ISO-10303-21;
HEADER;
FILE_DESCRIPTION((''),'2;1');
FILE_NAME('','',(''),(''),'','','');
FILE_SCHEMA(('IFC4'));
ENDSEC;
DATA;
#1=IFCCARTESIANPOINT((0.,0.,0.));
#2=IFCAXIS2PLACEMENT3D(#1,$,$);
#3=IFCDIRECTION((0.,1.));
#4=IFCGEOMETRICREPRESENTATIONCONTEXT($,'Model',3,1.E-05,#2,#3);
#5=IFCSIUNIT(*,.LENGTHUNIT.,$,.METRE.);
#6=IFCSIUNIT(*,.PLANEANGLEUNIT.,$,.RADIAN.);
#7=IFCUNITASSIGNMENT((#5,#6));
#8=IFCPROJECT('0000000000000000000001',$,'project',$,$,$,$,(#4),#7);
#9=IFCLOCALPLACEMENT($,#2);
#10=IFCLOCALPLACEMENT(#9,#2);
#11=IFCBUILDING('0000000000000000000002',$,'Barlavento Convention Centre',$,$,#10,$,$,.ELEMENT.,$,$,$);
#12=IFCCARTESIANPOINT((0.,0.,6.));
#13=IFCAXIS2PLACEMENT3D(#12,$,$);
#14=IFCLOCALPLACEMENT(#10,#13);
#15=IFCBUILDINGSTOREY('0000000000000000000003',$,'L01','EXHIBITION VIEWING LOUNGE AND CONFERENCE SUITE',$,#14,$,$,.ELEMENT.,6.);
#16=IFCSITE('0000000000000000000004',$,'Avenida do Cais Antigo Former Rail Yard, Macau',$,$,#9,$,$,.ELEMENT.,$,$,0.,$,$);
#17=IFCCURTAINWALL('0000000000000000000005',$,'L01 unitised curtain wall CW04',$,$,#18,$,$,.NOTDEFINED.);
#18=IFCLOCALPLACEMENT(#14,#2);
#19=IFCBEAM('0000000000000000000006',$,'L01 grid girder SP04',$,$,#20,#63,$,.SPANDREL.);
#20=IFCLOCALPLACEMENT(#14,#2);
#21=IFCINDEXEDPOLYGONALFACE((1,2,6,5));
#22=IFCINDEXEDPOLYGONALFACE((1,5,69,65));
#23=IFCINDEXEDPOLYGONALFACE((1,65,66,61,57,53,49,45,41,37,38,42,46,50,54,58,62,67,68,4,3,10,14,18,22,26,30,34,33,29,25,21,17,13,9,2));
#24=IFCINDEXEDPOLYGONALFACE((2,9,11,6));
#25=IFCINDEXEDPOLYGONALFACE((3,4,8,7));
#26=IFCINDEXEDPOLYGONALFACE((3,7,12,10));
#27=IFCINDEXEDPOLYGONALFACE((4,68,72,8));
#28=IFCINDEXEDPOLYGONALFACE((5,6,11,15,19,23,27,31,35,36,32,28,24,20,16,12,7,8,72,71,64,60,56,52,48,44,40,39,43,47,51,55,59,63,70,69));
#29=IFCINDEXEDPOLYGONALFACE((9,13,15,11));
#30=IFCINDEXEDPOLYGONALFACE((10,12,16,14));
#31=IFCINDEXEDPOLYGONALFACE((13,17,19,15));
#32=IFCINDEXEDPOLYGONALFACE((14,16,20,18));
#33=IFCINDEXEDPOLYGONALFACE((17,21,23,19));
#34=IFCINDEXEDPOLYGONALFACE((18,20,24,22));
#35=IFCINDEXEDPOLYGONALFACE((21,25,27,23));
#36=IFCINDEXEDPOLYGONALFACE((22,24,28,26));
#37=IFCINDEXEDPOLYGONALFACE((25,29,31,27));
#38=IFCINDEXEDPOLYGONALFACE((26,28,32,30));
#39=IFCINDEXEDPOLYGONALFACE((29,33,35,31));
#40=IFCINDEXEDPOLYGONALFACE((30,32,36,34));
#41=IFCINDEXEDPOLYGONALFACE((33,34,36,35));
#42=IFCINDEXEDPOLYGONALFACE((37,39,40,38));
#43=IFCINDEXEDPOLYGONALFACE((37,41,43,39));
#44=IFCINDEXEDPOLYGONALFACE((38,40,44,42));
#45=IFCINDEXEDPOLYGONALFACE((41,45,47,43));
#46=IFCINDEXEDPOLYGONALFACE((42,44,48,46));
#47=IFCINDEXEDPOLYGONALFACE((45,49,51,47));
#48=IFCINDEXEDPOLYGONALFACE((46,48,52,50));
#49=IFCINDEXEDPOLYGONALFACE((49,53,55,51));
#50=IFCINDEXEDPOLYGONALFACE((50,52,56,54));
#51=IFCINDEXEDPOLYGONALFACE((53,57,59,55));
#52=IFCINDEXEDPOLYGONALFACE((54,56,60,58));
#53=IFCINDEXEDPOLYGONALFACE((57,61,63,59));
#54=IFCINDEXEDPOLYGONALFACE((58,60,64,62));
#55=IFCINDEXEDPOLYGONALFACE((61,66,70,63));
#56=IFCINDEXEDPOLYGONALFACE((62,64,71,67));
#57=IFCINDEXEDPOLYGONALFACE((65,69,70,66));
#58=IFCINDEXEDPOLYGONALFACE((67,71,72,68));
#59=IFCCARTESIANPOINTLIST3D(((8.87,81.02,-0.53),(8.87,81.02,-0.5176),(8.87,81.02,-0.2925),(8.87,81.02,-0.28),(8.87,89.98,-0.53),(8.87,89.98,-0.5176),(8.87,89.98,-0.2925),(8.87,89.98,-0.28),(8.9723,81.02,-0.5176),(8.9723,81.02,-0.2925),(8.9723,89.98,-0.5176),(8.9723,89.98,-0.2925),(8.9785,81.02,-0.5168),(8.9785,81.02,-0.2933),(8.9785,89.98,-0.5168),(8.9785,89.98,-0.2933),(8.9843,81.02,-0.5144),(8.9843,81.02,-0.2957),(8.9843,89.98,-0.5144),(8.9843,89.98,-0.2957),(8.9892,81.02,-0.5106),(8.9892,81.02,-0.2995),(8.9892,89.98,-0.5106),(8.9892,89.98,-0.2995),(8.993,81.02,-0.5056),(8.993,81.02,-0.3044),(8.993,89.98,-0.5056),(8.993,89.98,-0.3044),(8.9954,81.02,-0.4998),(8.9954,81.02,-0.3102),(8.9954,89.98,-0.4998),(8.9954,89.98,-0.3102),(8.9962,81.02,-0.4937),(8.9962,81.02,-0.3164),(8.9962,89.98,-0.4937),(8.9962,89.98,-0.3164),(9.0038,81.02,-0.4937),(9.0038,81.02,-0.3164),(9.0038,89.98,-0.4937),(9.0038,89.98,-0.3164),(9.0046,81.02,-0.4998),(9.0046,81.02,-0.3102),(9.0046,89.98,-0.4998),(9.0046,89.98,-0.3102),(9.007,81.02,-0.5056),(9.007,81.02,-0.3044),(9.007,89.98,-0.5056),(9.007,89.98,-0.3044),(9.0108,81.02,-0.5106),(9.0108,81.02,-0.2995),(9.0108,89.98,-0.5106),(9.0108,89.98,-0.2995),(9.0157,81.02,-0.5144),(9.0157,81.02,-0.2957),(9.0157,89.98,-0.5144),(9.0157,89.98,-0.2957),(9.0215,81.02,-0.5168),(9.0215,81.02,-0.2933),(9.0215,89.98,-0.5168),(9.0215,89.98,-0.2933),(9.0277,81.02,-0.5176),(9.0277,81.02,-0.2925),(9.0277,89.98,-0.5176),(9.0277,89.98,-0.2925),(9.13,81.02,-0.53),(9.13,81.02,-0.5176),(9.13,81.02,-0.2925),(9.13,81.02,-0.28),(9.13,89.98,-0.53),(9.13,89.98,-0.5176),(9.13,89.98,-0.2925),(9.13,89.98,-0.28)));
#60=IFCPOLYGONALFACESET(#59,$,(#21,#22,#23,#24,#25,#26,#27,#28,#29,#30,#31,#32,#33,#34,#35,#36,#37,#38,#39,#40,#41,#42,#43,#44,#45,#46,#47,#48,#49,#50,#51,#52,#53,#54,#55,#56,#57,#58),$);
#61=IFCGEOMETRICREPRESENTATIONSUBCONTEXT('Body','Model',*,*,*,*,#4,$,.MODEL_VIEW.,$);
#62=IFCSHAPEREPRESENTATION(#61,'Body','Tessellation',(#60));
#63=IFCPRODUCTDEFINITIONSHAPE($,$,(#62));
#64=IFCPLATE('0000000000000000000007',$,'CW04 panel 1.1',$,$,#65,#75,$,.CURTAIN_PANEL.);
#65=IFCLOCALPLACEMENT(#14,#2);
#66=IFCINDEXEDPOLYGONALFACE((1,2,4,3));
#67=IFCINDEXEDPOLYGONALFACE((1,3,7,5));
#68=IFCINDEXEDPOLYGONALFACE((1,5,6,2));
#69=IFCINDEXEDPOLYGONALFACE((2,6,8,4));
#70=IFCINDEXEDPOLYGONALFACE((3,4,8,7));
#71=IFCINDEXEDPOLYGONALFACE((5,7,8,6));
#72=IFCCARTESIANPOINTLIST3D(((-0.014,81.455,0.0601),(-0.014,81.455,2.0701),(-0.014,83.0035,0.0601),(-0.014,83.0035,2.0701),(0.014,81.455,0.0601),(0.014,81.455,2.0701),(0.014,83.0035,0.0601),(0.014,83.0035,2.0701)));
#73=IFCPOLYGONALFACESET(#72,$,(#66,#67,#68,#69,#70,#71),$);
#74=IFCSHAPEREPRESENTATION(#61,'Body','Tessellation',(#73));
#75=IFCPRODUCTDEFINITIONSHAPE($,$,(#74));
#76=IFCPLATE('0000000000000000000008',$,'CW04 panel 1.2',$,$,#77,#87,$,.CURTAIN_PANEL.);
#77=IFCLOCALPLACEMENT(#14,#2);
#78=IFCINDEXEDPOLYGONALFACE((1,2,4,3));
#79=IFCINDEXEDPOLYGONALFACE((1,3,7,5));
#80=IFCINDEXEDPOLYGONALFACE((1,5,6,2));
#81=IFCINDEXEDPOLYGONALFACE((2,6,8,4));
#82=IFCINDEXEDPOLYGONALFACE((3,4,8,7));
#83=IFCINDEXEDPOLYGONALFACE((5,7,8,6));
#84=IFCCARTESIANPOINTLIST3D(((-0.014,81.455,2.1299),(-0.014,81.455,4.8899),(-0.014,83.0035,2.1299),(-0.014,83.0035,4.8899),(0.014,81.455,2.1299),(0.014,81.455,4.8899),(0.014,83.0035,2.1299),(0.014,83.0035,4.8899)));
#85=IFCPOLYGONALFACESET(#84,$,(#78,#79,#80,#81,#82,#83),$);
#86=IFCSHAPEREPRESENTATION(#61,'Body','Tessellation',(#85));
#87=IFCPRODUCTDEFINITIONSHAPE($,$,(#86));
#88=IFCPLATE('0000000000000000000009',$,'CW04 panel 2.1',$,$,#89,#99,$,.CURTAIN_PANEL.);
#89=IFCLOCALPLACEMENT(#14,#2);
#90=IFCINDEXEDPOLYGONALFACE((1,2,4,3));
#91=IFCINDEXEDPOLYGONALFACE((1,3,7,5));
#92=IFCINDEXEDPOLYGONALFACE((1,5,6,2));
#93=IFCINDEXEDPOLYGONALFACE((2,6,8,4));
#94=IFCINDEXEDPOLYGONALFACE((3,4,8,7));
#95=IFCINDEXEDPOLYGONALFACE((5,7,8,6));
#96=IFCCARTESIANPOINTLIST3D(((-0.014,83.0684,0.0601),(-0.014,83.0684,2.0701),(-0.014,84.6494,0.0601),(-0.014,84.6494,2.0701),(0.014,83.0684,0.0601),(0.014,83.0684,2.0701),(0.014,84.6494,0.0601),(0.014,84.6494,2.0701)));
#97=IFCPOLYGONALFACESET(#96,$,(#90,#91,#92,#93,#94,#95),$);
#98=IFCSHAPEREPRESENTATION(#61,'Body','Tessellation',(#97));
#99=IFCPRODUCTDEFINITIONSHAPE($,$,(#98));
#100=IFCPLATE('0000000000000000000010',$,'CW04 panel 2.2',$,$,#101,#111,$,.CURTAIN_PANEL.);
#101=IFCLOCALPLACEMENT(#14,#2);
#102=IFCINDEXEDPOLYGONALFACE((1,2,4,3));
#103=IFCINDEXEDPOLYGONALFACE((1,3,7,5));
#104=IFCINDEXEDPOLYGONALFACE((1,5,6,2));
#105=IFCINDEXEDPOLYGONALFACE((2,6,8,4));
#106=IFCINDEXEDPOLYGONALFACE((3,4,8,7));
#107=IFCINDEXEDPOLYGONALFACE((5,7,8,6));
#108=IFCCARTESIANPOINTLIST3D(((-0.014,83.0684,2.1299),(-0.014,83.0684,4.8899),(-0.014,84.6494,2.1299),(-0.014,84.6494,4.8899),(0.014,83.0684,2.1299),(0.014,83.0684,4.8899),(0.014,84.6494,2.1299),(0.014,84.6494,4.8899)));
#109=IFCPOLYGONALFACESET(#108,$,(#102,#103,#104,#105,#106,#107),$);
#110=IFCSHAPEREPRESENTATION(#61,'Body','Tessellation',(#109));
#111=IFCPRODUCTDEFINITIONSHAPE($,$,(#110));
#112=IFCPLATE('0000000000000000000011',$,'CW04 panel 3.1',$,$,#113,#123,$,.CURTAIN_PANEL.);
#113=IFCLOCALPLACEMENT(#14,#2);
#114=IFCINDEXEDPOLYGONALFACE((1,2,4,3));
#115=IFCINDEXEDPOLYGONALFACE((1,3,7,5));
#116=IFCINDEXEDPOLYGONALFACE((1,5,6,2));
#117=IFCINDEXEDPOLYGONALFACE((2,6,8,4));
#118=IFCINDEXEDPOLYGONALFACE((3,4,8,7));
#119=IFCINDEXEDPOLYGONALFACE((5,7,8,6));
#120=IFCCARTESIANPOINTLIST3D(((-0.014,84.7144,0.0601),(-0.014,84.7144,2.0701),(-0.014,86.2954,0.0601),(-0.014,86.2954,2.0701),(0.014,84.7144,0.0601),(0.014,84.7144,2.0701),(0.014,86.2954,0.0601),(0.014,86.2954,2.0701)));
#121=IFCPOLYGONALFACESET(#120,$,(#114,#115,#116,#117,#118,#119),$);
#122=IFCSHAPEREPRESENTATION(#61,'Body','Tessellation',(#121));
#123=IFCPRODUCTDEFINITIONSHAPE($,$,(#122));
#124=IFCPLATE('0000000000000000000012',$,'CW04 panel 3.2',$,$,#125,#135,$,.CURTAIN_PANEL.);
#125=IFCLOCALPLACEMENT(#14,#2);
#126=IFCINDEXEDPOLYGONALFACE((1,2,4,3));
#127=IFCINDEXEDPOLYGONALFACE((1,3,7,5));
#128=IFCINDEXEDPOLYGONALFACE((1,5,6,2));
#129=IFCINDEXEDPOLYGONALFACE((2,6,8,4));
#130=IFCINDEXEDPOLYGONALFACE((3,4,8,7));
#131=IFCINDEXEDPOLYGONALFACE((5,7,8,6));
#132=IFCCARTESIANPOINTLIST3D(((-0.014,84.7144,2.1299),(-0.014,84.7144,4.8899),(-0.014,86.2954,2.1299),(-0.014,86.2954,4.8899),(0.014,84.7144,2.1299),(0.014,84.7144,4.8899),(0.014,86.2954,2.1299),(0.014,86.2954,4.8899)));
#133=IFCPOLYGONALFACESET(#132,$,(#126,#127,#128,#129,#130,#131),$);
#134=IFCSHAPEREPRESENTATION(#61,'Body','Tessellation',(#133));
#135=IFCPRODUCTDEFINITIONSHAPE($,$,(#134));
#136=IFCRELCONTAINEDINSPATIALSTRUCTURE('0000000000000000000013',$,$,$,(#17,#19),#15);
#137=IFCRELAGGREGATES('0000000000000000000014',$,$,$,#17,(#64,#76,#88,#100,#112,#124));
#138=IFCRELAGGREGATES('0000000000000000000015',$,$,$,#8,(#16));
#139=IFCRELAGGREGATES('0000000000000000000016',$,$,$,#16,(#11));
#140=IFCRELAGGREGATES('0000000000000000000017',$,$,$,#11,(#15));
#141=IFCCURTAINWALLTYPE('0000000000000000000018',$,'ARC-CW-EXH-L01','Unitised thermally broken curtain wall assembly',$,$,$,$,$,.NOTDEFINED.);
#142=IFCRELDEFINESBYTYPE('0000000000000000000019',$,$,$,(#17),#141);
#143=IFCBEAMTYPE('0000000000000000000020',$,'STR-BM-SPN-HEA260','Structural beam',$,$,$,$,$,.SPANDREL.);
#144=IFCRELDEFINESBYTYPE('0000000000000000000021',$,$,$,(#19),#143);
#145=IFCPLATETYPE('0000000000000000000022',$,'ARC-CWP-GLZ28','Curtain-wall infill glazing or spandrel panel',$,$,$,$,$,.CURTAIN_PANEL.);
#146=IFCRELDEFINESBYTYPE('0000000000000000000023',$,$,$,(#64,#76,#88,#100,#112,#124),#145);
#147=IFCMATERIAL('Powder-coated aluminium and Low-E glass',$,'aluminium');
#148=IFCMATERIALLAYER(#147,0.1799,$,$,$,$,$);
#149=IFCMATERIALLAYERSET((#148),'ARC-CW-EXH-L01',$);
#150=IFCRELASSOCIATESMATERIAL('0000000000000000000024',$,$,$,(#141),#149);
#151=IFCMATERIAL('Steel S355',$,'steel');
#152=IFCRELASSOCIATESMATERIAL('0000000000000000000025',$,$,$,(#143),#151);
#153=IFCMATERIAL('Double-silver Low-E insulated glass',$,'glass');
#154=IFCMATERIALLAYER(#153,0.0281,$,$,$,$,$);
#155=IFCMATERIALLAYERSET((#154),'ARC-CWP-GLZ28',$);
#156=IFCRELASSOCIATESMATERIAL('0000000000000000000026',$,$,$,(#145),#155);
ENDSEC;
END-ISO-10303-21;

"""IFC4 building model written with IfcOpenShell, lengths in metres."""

from ifc_helpers import new_model, si_unit, direction, frame, origin, origin_2d, place, context, subcontext, project, spatial, rectangle, i_section, extrude, material, layer, layer_set, material_profile, profile_set, type_object, element, aggregate, save


model = new_model("IFC4")

# Units and contexts
model_context = context("Model", 3, precision=1e-05, world=origin(), true_north=direction((0.0, 1.0)))
body_context = subcontext(model_context, "Body", "Model", "MODEL_VIEW")
ifc_project = project(units=[si_unit("LENGTHUNIT", "METRE"), si_unit("PLANEANGLEUNIT", "RADIAN")], contexts=[model_context])

# Site, building, storey
site_placement = place(None, origin())
site = spatial("IfcSite", under=ifc_project, at=site_placement, Name="Avenida do Cais Antigo Former Rail Yard, Macau", CompositionType="ELEMENT", RefElevation=0.0)
building_placement = place(site_placement, origin())
building = spatial("IfcBuilding", under=site, at=building_placement, Name="Barlavento Convention Centre", CompositionType="ELEMENT")
storey_placement = place(building_placement, frame((0.0, 0.0, 6.0)))
storey = spatial("IfcBuildingStorey", under=building, at=storey_placement, Name="L01", Description="EXHIBITION VIEWING LOUNGE AND CONFERENCE SUITE", CompositionType="ELEMENT", Elevation=6.0)

# Shared definitions
ifc_material_1 = material(Name="Steel S355", Category="steel")

# Curtain wall
ifc_material_2 = material(Name="Powder-coated aluminium and Low-E glass", Category="aluminium")
ifc_layer_1 = layer(ifc_material_2, 0.1799)
ifc_layer_set_1 = layer_set([ifc_layer_1], Name="ARC-CW-EXH-L01")
curtain_wall_type = type_object("IfcCurtainWallType", Name="ARC-CW-EXH-L01", Description="Unitised thermally broken curtain wall assembly", PredefinedType="NOTDEFINED", material=ifc_layer_set_1)
curtain_wall_placement = place(storey_placement, origin())
curtain_wall = element("IfcCurtainWall", 1, at=curtain_wall_placement, inside=storey, type_object=curtain_wall_type, Name="L01 unitised curtain wall CW04", PredefinedType="NOTDEFINED")

# Beam
ifc_material_profile_1 = material_profile(ifc_material_1, i_section(OverallWidth=0.26, OverallDepth=0.25, WebThickness=0.0076, FlangeThickness=0.0125, FilletRadius=0.0239, at=origin_2d()), Name="HEA 260")
ifc_profile_set_1 = profile_set([ifc_material_profile_1], Name="Steel S355")
beam_type_1 = type_object("IfcBeamType", Name="STR-BM-SPN-HEA260", Description="Structural beam", PredefinedType="SPANDREL", material=ifc_profile_set_1)
beam_1_placement = place(storey_placement, frame((9.0, 81.02, -0.405), z_axis=(0.0, 1.0, 0.0), x_axis=(-1.0, 0.0, 0.0)))
element("IfcBeam", 2, at=beam_1_placement, inside=storey, type_object=beam_type_1, Name="L01 grid girder SP04", PredefinedType="SPANDREL", context=body_context, shape_type="SweptSolid", body=[
    extrude(i_section(OverallWidth=0.26, OverallDepth=0.25, WebThickness=0.0076, FlangeThickness=0.0125, FilletRadius=0.0239, at=origin_2d()), origin(), (0.0, 0.0, 1.0), 8.96),
])

# Plates
ifc_material_3 = material(Name="Double-silver Low-E insulated glass", Category="glass")
ifc_layer_2 = layer(ifc_material_3, 0.0281)
ifc_layer_set_2 = layer_set([ifc_layer_2], Name="ARC-CWP-GLZ28")
plate_type = type_object("IfcPlateType", Name="ARC-CWP-GLZ28", Description="Curtain-wall infill glazing or spandrel panel", PredefinedType="CURTAIN_PANEL", material=ifc_layer_set_2)
plate_1_placement = place(storey_placement, frame((0.0, 82.2292, 0.0601), z_axis=(0.0, 0.0, 1.0), x_axis=(0.0, 1.0, 0.0)))
plate_1 = element("IfcPlate", 3, at=plate_1_placement, type_object=plate_type, Name="CW04 panel 1.1", PredefinedType="CURTAIN_PANEL", context=body_context, shape_type="SweptSolid", body=[
    extrude(rectangle(XDim=1.5486, YDim=0.0281, at=origin_2d()), origin(), (0.0, 0.0, 1.0), 2.01),
])
plate_2_placement = place(storey_placement, frame((0.0, 82.2292, 2.1299), z_axis=(0.0, 0.0, 1.0), x_axis=(0.0, 1.0, 0.0)))
plate_2 = element("IfcPlate", 4, at=plate_2_placement, type_object=plate_type, Name="CW04 panel 1.2", PredefinedType="CURTAIN_PANEL", context=body_context, shape_type="SweptSolid", body=[
    extrude(rectangle(XDim=1.5486, YDim=0.0281, at=origin_2d()), origin(), (0.0, 0.0, 1.0), 2.76),
])
plate_3_placement = place(storey_placement, frame((0.0, 83.8589, 0.0601), z_axis=(0.0, 0.0, 1.0), x_axis=(0.0, 1.0, 0.0)))
plate_3 = element("IfcPlate", 5, at=plate_3_placement, type_object=plate_type, Name="CW04 panel 2.1", PredefinedType="CURTAIN_PANEL", context=body_context, shape_type="SweptSolid", body=[
    extrude(rectangle(XDim=1.5811, YDim=0.0281, at=origin_2d()), origin(), (0.0, 0.0, 1.0), 2.01),
])
plate_4_placement = place(storey_placement, frame((0.0, 83.8589, 2.1299), z_axis=(0.0, 0.0, 1.0), x_axis=(0.0, 1.0, 0.0)))
plate_4 = element("IfcPlate", 6, at=plate_4_placement, type_object=plate_type, Name="CW04 panel 2.2", PredefinedType="CURTAIN_PANEL", context=body_context, shape_type="SweptSolid", body=[
    extrude(rectangle(XDim=1.5811, YDim=0.0281, at=origin_2d()), origin(), (0.0, 0.0, 1.0), 2.76),
])
plate_5_placement = place(storey_placement, frame((0.0, 85.5049, 0.0601), z_axis=(0.0, 0.0, 1.0), x_axis=(0.0, 1.0, 0.0)))
plate_5 = element("IfcPlate", 7, at=plate_5_placement, type_object=plate_type, Name="CW04 panel 3.1", PredefinedType="CURTAIN_PANEL", context=body_context, shape_type="SweptSolid", body=[
    extrude(rectangle(XDim=1.5811, YDim=0.0281, at=origin_2d()), origin(), (0.0, 0.0, 1.0), 2.01),
])
plate_6_placement = place(storey_placement, frame((0.0, 85.5049, 2.1299), z_axis=(0.0, 0.0, 1.0), x_axis=(0.0, 1.0, 0.0)))
plate_6 = element("IfcPlate", 8, at=plate_6_placement, type_object=plate_type, Name="CW04 panel 3.2", PredefinedType="CURTAIN_PANEL", context=body_context, shape_type="SweptSolid", body=[
    extrude(rectangle(XDim=1.5811, YDim=0.0281, at=origin_2d()), origin(), (0.0, 0.0, 1.0), 2.76),
])
aggregate(curtain_wall, [plate_1, plate_2, plate_3, plate_4, plate_5, plate_6])

save(model, "model.ifc")
